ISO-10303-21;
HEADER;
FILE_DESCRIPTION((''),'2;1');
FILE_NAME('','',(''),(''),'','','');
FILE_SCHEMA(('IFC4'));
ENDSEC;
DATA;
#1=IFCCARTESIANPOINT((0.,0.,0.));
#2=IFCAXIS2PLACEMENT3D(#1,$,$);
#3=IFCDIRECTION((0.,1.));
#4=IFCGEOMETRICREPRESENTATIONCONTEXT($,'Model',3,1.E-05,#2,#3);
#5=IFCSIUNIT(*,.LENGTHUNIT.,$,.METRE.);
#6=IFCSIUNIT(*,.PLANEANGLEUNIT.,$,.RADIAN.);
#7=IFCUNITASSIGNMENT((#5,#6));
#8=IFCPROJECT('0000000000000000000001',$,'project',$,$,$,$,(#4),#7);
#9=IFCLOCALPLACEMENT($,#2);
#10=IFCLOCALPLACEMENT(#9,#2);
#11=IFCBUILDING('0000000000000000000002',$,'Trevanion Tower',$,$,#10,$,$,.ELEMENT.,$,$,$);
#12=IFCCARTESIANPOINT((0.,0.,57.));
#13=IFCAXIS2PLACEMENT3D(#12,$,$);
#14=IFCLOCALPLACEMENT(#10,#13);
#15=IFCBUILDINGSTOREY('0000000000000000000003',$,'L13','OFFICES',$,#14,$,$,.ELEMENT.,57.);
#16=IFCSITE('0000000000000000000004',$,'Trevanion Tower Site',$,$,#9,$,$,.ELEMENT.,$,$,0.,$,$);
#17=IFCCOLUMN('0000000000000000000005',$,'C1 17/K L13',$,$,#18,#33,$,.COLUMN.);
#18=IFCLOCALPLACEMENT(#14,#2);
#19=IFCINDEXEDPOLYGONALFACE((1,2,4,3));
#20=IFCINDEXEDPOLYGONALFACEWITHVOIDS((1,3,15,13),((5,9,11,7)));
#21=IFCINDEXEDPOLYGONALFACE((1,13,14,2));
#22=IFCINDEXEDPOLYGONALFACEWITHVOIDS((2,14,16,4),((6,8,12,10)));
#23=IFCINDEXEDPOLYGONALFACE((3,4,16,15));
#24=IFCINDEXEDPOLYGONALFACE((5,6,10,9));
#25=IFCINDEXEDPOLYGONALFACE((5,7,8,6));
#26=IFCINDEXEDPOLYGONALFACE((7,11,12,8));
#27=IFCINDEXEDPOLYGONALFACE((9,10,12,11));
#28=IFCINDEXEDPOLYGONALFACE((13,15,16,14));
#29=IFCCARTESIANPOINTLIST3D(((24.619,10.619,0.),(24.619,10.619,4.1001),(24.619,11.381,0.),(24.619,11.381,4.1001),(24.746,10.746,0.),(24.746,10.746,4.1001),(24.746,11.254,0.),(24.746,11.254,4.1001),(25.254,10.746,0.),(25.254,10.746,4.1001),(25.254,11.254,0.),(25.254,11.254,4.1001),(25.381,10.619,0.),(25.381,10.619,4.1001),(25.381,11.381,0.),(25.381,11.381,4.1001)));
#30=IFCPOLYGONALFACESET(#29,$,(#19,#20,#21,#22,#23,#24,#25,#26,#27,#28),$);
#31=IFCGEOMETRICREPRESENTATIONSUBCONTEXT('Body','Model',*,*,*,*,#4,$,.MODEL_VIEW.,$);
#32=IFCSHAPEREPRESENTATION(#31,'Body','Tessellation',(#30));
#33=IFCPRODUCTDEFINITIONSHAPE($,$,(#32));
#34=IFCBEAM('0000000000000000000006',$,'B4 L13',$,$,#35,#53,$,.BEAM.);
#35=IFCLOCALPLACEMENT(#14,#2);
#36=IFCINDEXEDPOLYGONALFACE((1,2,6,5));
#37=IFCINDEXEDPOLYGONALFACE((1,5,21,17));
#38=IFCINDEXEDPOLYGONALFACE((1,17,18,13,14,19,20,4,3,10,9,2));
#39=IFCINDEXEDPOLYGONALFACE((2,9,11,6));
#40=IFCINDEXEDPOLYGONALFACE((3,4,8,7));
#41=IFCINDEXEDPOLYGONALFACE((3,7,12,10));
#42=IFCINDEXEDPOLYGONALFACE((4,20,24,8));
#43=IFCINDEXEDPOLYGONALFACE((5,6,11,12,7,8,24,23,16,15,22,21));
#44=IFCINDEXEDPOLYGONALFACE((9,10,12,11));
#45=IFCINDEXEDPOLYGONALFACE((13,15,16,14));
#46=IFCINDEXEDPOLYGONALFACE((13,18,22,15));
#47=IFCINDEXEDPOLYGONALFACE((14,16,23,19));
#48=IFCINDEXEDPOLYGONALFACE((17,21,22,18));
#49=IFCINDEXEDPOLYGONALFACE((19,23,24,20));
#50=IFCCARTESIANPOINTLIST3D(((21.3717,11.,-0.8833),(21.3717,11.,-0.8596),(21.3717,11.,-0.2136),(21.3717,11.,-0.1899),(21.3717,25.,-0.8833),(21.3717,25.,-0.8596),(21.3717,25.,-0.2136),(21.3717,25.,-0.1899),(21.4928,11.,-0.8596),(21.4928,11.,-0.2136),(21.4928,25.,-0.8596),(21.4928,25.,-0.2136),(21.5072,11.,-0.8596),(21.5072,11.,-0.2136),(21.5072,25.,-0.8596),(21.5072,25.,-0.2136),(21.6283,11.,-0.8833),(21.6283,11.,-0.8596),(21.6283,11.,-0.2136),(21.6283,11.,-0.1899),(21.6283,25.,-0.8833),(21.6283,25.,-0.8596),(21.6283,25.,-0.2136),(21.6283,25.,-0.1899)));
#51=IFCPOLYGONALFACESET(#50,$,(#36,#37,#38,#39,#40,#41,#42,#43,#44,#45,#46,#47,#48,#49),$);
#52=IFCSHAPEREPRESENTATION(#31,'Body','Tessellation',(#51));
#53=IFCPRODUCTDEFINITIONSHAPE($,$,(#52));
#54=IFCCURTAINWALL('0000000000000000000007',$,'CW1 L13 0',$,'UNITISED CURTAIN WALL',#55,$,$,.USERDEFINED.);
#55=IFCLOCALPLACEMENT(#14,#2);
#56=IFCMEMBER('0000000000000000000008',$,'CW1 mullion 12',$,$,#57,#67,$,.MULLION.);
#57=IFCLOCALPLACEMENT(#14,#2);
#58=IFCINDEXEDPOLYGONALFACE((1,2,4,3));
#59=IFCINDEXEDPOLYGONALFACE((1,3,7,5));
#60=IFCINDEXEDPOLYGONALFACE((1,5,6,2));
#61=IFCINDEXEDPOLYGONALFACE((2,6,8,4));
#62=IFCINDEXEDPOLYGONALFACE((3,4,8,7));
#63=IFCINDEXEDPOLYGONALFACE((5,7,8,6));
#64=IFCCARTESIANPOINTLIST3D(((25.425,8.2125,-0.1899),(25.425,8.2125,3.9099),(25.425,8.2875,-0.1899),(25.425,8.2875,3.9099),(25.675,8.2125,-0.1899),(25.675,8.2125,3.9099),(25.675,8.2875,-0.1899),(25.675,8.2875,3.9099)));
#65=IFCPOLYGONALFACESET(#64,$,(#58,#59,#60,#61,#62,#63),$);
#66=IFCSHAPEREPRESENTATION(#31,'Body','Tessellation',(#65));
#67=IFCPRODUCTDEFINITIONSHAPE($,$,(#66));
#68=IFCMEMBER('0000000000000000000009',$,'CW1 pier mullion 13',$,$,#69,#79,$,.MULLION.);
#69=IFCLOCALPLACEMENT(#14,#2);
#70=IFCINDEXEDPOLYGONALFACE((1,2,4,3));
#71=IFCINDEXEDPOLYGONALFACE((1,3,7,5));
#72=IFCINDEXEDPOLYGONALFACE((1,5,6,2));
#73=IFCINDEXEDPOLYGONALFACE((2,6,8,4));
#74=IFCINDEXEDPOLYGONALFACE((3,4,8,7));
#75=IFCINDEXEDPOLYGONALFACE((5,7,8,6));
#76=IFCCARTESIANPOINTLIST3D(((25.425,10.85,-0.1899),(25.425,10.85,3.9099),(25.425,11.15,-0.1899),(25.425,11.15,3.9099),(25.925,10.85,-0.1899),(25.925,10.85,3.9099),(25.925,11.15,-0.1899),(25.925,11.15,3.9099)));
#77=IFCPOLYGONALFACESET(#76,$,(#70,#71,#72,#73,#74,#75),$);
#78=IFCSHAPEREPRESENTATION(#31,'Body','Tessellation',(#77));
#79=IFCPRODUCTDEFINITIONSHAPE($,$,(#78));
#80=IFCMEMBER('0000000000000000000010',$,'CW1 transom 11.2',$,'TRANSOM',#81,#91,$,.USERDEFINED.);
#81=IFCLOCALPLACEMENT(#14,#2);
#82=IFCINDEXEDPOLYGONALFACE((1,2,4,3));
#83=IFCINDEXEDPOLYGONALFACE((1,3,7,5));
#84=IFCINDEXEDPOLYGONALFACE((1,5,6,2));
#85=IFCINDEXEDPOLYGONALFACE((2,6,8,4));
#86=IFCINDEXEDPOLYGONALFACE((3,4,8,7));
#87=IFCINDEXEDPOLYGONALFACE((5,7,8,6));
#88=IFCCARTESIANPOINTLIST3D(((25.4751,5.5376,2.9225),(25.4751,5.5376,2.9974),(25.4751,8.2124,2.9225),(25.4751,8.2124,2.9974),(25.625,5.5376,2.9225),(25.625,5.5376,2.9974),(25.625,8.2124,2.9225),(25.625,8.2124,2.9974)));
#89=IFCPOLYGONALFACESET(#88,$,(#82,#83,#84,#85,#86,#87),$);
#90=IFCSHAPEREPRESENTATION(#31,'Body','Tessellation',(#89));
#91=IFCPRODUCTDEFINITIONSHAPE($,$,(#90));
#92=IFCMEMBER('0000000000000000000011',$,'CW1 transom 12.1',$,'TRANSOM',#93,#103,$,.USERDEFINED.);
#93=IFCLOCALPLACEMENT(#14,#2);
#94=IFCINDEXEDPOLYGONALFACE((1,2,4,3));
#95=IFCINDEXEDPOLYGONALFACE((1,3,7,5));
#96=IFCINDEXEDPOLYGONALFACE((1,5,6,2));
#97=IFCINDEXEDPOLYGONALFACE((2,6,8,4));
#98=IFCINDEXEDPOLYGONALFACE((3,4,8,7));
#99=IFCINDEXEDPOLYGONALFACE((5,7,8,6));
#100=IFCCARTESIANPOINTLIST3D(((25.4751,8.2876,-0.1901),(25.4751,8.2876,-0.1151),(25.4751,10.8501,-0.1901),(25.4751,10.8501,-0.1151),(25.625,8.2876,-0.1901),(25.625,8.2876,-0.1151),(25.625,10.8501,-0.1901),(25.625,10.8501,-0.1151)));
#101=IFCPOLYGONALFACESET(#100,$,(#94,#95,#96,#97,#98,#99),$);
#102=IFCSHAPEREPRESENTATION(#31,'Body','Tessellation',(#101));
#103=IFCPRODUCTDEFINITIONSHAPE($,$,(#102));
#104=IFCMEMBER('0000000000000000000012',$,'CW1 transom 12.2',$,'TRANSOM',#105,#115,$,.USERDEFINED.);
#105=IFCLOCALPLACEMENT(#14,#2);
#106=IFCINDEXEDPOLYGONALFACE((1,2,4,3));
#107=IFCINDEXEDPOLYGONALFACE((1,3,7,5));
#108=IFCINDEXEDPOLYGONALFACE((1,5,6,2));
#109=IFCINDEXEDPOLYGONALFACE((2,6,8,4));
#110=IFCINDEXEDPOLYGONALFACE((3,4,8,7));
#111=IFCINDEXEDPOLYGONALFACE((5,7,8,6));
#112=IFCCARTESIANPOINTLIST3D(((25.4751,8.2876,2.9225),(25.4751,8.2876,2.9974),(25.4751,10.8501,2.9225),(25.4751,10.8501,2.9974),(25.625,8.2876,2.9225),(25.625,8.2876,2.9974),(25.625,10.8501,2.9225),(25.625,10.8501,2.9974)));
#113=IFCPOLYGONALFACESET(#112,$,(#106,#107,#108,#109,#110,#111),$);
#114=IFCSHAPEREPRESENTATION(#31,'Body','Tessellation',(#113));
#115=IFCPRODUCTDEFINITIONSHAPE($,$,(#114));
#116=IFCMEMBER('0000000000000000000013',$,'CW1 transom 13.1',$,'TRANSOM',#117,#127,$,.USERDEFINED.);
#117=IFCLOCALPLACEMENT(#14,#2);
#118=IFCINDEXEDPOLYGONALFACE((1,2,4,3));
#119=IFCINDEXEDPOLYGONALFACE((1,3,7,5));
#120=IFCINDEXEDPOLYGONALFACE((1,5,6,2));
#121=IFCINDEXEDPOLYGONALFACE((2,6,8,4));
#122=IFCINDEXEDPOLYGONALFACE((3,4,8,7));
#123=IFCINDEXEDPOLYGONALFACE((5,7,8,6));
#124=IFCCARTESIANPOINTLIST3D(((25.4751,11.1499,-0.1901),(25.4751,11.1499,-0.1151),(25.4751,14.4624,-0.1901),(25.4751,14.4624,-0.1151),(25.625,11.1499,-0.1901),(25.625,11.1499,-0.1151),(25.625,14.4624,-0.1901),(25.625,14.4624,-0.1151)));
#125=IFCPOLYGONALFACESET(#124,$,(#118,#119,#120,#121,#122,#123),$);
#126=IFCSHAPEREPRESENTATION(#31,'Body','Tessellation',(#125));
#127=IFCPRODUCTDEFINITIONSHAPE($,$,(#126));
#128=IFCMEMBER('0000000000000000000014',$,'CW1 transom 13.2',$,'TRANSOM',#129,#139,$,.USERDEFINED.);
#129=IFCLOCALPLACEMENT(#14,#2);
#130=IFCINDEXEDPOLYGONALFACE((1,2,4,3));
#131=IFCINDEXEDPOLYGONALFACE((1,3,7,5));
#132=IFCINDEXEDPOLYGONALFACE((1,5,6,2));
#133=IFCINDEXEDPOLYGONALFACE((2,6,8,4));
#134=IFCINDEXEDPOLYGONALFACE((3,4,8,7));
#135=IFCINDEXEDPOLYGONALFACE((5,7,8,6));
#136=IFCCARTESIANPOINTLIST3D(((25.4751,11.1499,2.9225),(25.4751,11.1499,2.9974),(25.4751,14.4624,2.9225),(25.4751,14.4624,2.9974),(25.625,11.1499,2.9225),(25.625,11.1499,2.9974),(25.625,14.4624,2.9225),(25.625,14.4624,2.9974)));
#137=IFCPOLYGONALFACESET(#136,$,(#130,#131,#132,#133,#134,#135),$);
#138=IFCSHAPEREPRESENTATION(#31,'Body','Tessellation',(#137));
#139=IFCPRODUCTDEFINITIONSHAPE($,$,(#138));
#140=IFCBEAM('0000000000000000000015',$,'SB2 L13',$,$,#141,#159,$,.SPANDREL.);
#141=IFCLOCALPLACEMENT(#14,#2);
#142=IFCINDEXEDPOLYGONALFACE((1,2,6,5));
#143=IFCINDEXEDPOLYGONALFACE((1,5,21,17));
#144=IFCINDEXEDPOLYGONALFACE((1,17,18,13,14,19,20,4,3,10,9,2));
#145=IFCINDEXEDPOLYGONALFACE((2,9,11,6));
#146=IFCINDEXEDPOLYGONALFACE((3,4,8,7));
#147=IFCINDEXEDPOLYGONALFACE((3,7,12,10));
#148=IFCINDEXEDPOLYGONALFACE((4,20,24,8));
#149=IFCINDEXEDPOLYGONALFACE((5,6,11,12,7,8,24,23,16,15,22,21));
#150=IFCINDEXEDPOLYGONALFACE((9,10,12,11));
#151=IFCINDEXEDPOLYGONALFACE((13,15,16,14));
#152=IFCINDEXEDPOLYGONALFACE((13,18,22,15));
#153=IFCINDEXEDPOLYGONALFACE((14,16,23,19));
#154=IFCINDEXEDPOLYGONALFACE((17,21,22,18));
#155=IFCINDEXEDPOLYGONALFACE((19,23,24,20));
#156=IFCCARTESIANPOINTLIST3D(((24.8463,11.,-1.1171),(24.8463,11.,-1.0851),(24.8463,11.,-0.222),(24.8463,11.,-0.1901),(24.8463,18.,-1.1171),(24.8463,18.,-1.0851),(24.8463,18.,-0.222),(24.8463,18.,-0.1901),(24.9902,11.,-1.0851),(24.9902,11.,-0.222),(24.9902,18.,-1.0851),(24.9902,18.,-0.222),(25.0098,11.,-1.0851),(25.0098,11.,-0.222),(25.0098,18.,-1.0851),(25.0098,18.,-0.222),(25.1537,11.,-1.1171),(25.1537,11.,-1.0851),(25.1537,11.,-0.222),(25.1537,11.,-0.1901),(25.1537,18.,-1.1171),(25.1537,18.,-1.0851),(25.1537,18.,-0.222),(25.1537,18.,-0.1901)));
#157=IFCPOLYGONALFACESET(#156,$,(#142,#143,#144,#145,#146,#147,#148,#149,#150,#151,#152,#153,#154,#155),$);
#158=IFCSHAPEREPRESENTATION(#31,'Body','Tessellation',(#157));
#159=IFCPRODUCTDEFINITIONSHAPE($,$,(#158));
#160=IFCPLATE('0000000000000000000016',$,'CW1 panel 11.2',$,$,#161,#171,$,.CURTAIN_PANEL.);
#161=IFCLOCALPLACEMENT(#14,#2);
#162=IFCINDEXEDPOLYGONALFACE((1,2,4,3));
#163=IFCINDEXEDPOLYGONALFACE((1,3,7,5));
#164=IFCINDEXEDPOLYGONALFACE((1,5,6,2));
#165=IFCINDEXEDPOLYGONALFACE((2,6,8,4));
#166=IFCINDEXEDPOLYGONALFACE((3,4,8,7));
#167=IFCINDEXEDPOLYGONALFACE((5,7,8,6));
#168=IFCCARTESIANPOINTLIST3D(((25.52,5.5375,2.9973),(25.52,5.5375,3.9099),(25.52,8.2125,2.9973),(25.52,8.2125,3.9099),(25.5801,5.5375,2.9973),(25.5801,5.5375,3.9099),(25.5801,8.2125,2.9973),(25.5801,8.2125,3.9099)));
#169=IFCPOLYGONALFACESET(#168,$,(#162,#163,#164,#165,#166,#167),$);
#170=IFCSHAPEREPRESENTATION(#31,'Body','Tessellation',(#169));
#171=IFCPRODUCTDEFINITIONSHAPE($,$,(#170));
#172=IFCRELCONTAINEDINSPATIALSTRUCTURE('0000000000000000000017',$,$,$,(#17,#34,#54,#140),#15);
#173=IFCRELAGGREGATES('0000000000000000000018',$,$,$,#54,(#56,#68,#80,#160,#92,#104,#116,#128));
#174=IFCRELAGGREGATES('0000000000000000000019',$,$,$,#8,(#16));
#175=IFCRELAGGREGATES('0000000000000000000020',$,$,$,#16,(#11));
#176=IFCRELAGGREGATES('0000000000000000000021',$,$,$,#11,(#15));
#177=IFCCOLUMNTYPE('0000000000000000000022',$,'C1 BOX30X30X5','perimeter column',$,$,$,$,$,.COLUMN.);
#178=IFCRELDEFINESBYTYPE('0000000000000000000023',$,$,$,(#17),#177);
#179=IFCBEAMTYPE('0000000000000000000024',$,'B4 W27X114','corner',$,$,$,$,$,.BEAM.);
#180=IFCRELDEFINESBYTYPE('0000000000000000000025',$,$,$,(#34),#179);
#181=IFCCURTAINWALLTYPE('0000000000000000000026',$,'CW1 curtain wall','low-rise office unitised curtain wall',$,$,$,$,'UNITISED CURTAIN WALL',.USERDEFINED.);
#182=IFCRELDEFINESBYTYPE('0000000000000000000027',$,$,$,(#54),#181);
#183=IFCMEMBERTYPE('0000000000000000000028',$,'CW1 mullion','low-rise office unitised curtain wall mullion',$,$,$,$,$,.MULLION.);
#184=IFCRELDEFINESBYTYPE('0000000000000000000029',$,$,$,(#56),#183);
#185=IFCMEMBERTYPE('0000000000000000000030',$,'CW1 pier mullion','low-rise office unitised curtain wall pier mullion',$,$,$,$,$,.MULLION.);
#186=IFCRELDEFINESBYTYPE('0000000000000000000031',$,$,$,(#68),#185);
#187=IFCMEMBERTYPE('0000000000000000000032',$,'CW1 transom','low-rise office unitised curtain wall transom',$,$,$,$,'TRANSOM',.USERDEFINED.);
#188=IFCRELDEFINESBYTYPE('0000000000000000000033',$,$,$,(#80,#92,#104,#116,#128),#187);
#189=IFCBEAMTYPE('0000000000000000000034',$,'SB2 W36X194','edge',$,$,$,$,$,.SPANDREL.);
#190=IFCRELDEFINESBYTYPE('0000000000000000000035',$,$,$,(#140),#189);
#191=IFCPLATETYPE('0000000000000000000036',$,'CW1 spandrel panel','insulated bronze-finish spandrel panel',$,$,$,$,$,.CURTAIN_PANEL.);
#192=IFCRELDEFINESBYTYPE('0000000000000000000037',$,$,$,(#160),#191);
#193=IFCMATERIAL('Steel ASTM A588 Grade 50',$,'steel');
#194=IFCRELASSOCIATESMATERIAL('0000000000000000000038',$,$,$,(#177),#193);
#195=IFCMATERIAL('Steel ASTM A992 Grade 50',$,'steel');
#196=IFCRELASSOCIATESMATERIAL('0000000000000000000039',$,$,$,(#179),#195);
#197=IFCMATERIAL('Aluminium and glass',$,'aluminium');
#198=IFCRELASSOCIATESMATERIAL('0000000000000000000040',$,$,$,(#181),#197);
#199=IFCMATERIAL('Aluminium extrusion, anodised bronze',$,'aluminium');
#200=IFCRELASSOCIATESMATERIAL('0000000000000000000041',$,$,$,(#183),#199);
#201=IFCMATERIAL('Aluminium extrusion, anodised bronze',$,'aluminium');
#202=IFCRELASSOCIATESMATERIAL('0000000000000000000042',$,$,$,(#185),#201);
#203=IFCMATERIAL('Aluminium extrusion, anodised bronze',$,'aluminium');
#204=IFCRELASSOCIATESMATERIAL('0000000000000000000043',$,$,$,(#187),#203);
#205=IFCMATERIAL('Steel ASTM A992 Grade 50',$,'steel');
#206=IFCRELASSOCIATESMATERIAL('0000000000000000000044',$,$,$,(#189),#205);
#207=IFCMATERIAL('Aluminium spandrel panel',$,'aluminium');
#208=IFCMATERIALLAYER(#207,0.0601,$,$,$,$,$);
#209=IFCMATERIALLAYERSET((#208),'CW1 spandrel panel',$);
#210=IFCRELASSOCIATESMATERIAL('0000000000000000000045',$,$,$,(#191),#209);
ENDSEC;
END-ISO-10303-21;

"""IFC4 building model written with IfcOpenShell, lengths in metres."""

from ifc_helpers import new_model, si_unit, direction, frame, origin, origin_2d, place, context, subcontext, project, spatial, rectangle, hollow_rectangle, i_section, extrude, material, layer, layer_set, material_profile, profile_set, type_object, element, aggregate, save


model = new_model("IFC4")

# Units and contexts
model_context = context("Model", 3, precision=1e-05, world=origin(), true_north=direction((0.0, 1.0)))
body_context = subcontext(model_context, "Body", "Model", "MODEL_VIEW")
ifc_project = project(units=[si_unit("LENGTHUNIT", "METRE"), si_unit("PLANEANGLEUNIT", "RADIAN")], contexts=[model_context])

# Site, building, storey
site_placement = place(None, origin())
site = spatial("IfcSite", under=ifc_project, at=site_placement, Name="Trevanion Tower Site", CompositionType="ELEMENT", RefElevation=0.0)
building_placement = place(site_placement, origin())
building = spatial("IfcBuilding", under=site, at=building_placement, Name="Trevanion Tower", CompositionType="ELEMENT")
storey_placement = place(building_placement, frame((0.0, 0.0, 57.0)))
storey = spatial("IfcBuildingStorey", under=building, at=storey_placement, Name="L13", Description="OFFICES", CompositionType="ELEMENT", Elevation=57.0)

# Column
ifc_material_1 = material(Name="Steel ASTM A588 Grade 50", Category="steel")
ifc_material_profile_1 = material_profile(ifc_material_1, hollow_rectangle(XDim=0.762, YDim=0.762, WallThickness=0.127, at=origin_2d()), Name="BOX30X30X5")
ifc_profile_set_1 = profile_set([ifc_material_profile_1], Name="Steel ASTM A588 Grade 50")
column_type = type_object("IfcColumnType", Name="C1 BOX30X30X5", Description="perimeter column", PredefinedType="COLUMN", material=ifc_profile_set_1)
column_placement = place(storey_placement, frame((25.0, 11.0, 0.0), z_axis=(0.0, 0.0, 1.0), x_axis=(0.0, 1.0, 0.0)))
element("IfcColumn", 1, at=column_placement, inside=storey, type_object=column_type, Name="C1 17/K L13", PredefinedType="COLUMN", context=body_context, shape_type="SweptSolid", body=[
    extrude(hollow_rectangle(XDim=0.762, YDim=0.762, WallThickness=0.127, at=origin_2d()), origin(), (0.0, 0.0, 1.0), 4.1001),
])

# Beam
ifc_material_2 = material(Name="Steel ASTM A992 Grade 50", Category="steel")
ifc_material_profile_2 = material_profile(ifc_material_2, i_section(OverallWidth=0.2566, OverallDepth=0.6934, WebThickness=0.0144, FlangeThickness=0.0237, at=origin_2d()), Name="W27X114")
ifc_profile_set_2 = profile_set([ifc_material_profile_2], Name="Steel ASTM A992 Grade 50")
beam_type_1 = type_object("IfcBeamType", Name="B4 W27X114", Description="corner", PredefinedType="BEAM", material=ifc_profile_set_2)
beam_1_placement = place(storey_placement, frame((21.5, 11.0, -0.5366), z_axis=(0.0, 1.0, 0.0), x_axis=(-1.0, 0.0, 0.0)))
element("IfcBeam", 2, at=beam_1_placement, inside=storey, type_object=beam_type_1, Name="B4 L13", PredefinedType="BEAM", context=body_context, shape_type="SweptSolid", body=[
    extrude(i_section(OverallWidth=0.2566, OverallDepth=0.6934, WebThickness=0.0144, FlangeThickness=0.0237, at=origin_2d()), origin(), (0.0, 0.0, 1.0), 14.0),
])

# Curtain wall, members
ifc_material_3 = material(Name="Aluminium and glass", Category="aluminium")
curtain_wall_type = type_object("IfcCurtainWallType", Name="CW1 curtain wall", Description="low-rise office unitised curtain wall", ElementType="UNITISED CURTAIN WALL", PredefinedType="USERDEFINED", material=ifc_material_3)
curtain_wall_placement = place(storey_placement, origin())
curtain_wall = element("IfcCurtainWall", 3, at=curtain_wall_placement, inside=storey, type_object=curtain_wall_type, Name="CW1 L13 0", ObjectType="UNITISED CURTAIN WALL", PredefinedType="USERDEFINED")
ifc_material_4 = material(Name="Aluminium extrusion, anodised bronze", Category="aluminium")
ifc_material_profile_3 = material_profile(ifc_material_4, rectangle(XDim=0.075, YDim=0.25, at=origin_2d()), Name="CW1 mullion")
ifc_profile_set_3 = profile_set([ifc_material_profile_3], Name="Aluminium extrusion, anodised bronze")
member_type_1 = type_object("IfcMemberType", Name="CW1 mullion", Description="low-rise office unitised curtain wall mullion", PredefinedType="MULLION", material=ifc_profile_set_3)
member_1_placement = place(storey_placement, frame((25.55, 8.25, -0.1899), z_axis=(0.0, 0.0, 1.0), x_axis=(0.0, 1.0, 0.0)))
member_1 = element("IfcMember", 4, at=member_1_placement, type_object=member_type_1, Name="CW1 mullion 12", PredefinedType="MULLION", context=body_context, shape_type="SweptSolid", body=[
    extrude(rectangle(XDim=0.075, YDim=0.25, at=origin_2d()), origin(), (0.0, 0.0, 1.0), 4.0999),
])
ifc_material_5 = material(Name="Aluminium extrusion, anodised bronze", Category="aluminium")
ifc_material_profile_4 = material_profile(ifc_material_5, rectangle(XDim=0.3, YDim=0.5, at=origin_2d()), Name="CW1 pier mullion")
ifc_profile_set_4 = profile_set([ifc_material_profile_4], Name="Aluminium extrusion, anodised bronze")
member_type_2 = type_object("IfcMemberType", Name="CW1 pier mullion", Description="low-rise office unitised curtain wall pier mullion", PredefinedType="MULLION", material=ifc_profile_set_4)
member_2_placement = place(storey_placement, frame((25.675, 11.0, -0.1899), z_axis=(0.0, 0.0, 1.0), x_axis=(0.0, 1.0, 0.0)))
member_2 = element("IfcMember", 5, at=member_2_placement, type_object=member_type_2, Name="CW1 pier mullion 13", PredefinedType="MULLION", context=body_context, shape_type="SweptSolid", body=[
    extrude(rectangle(XDim=0.3, YDim=0.5, at=origin_2d()), origin(), (0.0, 0.0, 1.0), 4.0999),
])
ifc_material_6 = material(Name="Aluminium extrusion, anodised bronze", Category="aluminium")
ifc_material_profile_5 = material_profile(ifc_material_6, rectangle(XDim=0.1499, YDim=0.075, at=origin_2d()), Name="CW1 transom")
ifc_profile_set_5 = profile_set([ifc_material_profile_5], Name="Aluminium extrusion, anodised bronze")
member_type_3 = type_object("IfcMemberType", Name="CW1 transom", Description="low-rise office unitised curtain wall transom", ElementType="TRANSOM", PredefinedType="USERDEFINED", material=ifc_profile_set_5)
member_3_placement = place(storey_placement, frame((25.55, 5.5376, 2.96), z_axis=(0.0, 1.0, 0.0), x_axis=(-1.0, 0.0, 0.0)))
member_3 = element("IfcMember", 6, at=member_3_placement, type_object=member_type_3, Name="CW1 transom 11.2", ObjectType="TRANSOM", PredefinedType="USERDEFINED", context=body_context, shape_type="SweptSolid", body=[
    extrude(rectangle(XDim=0.1499, YDim=0.075, at=origin_2d()), origin(), (0.0, 0.0, 1.0), 2.6748),
])
member_4_placement = place(storey_placement, frame((25.55, 8.2876, -0.1526), z_axis=(0.0, 1.0, 0.0), x_axis=(-1.0, 0.0, 0.0)))
member_4 = element("IfcMember", 7, at=member_4_placement, type_object=member_type_3, Name="CW1 transom 12.1", ObjectType="TRANSOM", PredefinedType="USERDEFINED", context=body_context, shape_type="SweptSolid", body=[
    extrude(rectangle(XDim=0.1499, YDim=0.075, at=origin_2d()), origin(), (0.0, 0.0, 1.0), 2.5625),
])
member_5_placement = place(storey_placement, frame((25.55, 8.2876, 2.96), z_axis=(0.0, 1.0, 0.0), x_axis=(-1.0, 0.0, 0.0)))
member_5 = element("IfcMember", 8, at=member_5_placement, type_object=member_type_3, Name="CW1 transom 12.2", ObjectType="TRANSOM", PredefinedType="USERDEFINED", context=body_context, shape_type="SweptSolid", body=[
    extrude(rectangle(XDim=0.1499, YDim=0.075, at=origin_2d()), origin(), (0.0, 0.0, 1.0), 2.5625),
])
member_6_placement = place(storey_placement, frame((25.55, 11.1499, -0.1526), z_axis=(0.0, 1.0, 0.0), x_axis=(-1.0, 0.0, 0.0)))
member_6 = element("IfcMember", 9, at=member_6_placement, type_object=member_type_3, Name="CW1 transom 13.1", ObjectType="TRANSOM", PredefinedType="USERDEFINED", context=body_context, shape_type="SweptSolid", body=[
    extrude(rectangle(XDim=0.1499, YDim=0.075, at=origin_2d()), origin(), (0.0, 0.0, 1.0), 3.3125),
])
member_7_placement = place(storey_placement, frame((25.55, 11.1499, 2.96), z_axis=(0.0, 1.0, 0.0), x_axis=(-1.0, 0.0, 0.0)))
member_7 = element("IfcMember", 10, at=member_7_placement, type_object=member_type_3, Name="CW1 transom 13.2", ObjectType="TRANSOM", PredefinedType="USERDEFINED", context=body_context, shape_type="SweptSolid", body=[
    extrude(rectangle(XDim=0.1499, YDim=0.075, at=origin_2d()), origin(), (0.0, 0.0, 1.0), 3.3125),
])

# Beam
ifc_material_7 = material(Name="Steel ASTM A992 Grade 50", Category="steel")
ifc_material_profile_6 = material_profile(ifc_material_7, i_section(OverallWidth=0.3074, OverallDepth=0.927, WebThickness=0.0195, FlangeThickness=0.032, at=origin_2d()), Name="W36X194")
ifc_profile_set_6 = profile_set([ifc_material_profile_6], Name="Steel ASTM A992 Grade 50")
beam_type_2 = type_object("IfcBeamType", Name="SB2 W36X194", Description="edge", PredefinedType="SPANDREL", material=ifc_profile_set_6)
beam_2_placement = place(storey_placement, frame((25.0, 11.0, -0.6536), z_axis=(0.0, 1.0, 0.0), x_axis=(-1.0, 0.0, 0.0)))
element("IfcBeam", 11, at=beam_2_placement, inside=storey, type_object=beam_type_2, Name="SB2 L13", PredefinedType="SPANDREL", context=body_context, shape_type="SweptSolid", body=[
    extrude(i_section(OverallWidth=0.3074, OverallDepth=0.927, WebThickness=0.0195, FlangeThickness=0.032, at=origin_2d()), origin(), (0.0, 0.0, 1.0), 7.0),
])

# Plate
ifc_material_8 = material(Name="Aluminium spandrel panel", Category="aluminium")
ifc_layer_1 = layer(ifc_material_8, 0.0601)
ifc_layer_set_1 = layer_set([ifc_layer_1], Name="CW1 spandrel panel")
plate_type_1 = type_object("IfcPlateType", Name="CW1 spandrel panel", Description="insulated bronze-finish spandrel panel", PredefinedType="CURTAIN_PANEL", material=ifc_layer_set_1)
plate_1_placement = place(storey_placement, frame((25.55, 6.875, 2.9973), z_axis=(0.0, 0.0, 1.0), x_axis=(0.0, 1.0, 0.0)))
plate_1 = element("IfcPlate", 12, at=plate_1_placement, type_object=plate_type_1, Name="CW1 panel 11.2", PredefinedType="CURTAIN_PANEL", context=body_context, shape_type="SweptSolid", body=[
    extrude(rectangle(XDim=2.675, YDim=0.0601, at=origin_2d()), origin(), (0.0, 0.0, 1.0), 0.9126),
])
aggregate(curtain_wall, [member_1, member_2, member_3, plate_1, member_4, member_5, member_6, member_7])

save(model, "model.ifc")
